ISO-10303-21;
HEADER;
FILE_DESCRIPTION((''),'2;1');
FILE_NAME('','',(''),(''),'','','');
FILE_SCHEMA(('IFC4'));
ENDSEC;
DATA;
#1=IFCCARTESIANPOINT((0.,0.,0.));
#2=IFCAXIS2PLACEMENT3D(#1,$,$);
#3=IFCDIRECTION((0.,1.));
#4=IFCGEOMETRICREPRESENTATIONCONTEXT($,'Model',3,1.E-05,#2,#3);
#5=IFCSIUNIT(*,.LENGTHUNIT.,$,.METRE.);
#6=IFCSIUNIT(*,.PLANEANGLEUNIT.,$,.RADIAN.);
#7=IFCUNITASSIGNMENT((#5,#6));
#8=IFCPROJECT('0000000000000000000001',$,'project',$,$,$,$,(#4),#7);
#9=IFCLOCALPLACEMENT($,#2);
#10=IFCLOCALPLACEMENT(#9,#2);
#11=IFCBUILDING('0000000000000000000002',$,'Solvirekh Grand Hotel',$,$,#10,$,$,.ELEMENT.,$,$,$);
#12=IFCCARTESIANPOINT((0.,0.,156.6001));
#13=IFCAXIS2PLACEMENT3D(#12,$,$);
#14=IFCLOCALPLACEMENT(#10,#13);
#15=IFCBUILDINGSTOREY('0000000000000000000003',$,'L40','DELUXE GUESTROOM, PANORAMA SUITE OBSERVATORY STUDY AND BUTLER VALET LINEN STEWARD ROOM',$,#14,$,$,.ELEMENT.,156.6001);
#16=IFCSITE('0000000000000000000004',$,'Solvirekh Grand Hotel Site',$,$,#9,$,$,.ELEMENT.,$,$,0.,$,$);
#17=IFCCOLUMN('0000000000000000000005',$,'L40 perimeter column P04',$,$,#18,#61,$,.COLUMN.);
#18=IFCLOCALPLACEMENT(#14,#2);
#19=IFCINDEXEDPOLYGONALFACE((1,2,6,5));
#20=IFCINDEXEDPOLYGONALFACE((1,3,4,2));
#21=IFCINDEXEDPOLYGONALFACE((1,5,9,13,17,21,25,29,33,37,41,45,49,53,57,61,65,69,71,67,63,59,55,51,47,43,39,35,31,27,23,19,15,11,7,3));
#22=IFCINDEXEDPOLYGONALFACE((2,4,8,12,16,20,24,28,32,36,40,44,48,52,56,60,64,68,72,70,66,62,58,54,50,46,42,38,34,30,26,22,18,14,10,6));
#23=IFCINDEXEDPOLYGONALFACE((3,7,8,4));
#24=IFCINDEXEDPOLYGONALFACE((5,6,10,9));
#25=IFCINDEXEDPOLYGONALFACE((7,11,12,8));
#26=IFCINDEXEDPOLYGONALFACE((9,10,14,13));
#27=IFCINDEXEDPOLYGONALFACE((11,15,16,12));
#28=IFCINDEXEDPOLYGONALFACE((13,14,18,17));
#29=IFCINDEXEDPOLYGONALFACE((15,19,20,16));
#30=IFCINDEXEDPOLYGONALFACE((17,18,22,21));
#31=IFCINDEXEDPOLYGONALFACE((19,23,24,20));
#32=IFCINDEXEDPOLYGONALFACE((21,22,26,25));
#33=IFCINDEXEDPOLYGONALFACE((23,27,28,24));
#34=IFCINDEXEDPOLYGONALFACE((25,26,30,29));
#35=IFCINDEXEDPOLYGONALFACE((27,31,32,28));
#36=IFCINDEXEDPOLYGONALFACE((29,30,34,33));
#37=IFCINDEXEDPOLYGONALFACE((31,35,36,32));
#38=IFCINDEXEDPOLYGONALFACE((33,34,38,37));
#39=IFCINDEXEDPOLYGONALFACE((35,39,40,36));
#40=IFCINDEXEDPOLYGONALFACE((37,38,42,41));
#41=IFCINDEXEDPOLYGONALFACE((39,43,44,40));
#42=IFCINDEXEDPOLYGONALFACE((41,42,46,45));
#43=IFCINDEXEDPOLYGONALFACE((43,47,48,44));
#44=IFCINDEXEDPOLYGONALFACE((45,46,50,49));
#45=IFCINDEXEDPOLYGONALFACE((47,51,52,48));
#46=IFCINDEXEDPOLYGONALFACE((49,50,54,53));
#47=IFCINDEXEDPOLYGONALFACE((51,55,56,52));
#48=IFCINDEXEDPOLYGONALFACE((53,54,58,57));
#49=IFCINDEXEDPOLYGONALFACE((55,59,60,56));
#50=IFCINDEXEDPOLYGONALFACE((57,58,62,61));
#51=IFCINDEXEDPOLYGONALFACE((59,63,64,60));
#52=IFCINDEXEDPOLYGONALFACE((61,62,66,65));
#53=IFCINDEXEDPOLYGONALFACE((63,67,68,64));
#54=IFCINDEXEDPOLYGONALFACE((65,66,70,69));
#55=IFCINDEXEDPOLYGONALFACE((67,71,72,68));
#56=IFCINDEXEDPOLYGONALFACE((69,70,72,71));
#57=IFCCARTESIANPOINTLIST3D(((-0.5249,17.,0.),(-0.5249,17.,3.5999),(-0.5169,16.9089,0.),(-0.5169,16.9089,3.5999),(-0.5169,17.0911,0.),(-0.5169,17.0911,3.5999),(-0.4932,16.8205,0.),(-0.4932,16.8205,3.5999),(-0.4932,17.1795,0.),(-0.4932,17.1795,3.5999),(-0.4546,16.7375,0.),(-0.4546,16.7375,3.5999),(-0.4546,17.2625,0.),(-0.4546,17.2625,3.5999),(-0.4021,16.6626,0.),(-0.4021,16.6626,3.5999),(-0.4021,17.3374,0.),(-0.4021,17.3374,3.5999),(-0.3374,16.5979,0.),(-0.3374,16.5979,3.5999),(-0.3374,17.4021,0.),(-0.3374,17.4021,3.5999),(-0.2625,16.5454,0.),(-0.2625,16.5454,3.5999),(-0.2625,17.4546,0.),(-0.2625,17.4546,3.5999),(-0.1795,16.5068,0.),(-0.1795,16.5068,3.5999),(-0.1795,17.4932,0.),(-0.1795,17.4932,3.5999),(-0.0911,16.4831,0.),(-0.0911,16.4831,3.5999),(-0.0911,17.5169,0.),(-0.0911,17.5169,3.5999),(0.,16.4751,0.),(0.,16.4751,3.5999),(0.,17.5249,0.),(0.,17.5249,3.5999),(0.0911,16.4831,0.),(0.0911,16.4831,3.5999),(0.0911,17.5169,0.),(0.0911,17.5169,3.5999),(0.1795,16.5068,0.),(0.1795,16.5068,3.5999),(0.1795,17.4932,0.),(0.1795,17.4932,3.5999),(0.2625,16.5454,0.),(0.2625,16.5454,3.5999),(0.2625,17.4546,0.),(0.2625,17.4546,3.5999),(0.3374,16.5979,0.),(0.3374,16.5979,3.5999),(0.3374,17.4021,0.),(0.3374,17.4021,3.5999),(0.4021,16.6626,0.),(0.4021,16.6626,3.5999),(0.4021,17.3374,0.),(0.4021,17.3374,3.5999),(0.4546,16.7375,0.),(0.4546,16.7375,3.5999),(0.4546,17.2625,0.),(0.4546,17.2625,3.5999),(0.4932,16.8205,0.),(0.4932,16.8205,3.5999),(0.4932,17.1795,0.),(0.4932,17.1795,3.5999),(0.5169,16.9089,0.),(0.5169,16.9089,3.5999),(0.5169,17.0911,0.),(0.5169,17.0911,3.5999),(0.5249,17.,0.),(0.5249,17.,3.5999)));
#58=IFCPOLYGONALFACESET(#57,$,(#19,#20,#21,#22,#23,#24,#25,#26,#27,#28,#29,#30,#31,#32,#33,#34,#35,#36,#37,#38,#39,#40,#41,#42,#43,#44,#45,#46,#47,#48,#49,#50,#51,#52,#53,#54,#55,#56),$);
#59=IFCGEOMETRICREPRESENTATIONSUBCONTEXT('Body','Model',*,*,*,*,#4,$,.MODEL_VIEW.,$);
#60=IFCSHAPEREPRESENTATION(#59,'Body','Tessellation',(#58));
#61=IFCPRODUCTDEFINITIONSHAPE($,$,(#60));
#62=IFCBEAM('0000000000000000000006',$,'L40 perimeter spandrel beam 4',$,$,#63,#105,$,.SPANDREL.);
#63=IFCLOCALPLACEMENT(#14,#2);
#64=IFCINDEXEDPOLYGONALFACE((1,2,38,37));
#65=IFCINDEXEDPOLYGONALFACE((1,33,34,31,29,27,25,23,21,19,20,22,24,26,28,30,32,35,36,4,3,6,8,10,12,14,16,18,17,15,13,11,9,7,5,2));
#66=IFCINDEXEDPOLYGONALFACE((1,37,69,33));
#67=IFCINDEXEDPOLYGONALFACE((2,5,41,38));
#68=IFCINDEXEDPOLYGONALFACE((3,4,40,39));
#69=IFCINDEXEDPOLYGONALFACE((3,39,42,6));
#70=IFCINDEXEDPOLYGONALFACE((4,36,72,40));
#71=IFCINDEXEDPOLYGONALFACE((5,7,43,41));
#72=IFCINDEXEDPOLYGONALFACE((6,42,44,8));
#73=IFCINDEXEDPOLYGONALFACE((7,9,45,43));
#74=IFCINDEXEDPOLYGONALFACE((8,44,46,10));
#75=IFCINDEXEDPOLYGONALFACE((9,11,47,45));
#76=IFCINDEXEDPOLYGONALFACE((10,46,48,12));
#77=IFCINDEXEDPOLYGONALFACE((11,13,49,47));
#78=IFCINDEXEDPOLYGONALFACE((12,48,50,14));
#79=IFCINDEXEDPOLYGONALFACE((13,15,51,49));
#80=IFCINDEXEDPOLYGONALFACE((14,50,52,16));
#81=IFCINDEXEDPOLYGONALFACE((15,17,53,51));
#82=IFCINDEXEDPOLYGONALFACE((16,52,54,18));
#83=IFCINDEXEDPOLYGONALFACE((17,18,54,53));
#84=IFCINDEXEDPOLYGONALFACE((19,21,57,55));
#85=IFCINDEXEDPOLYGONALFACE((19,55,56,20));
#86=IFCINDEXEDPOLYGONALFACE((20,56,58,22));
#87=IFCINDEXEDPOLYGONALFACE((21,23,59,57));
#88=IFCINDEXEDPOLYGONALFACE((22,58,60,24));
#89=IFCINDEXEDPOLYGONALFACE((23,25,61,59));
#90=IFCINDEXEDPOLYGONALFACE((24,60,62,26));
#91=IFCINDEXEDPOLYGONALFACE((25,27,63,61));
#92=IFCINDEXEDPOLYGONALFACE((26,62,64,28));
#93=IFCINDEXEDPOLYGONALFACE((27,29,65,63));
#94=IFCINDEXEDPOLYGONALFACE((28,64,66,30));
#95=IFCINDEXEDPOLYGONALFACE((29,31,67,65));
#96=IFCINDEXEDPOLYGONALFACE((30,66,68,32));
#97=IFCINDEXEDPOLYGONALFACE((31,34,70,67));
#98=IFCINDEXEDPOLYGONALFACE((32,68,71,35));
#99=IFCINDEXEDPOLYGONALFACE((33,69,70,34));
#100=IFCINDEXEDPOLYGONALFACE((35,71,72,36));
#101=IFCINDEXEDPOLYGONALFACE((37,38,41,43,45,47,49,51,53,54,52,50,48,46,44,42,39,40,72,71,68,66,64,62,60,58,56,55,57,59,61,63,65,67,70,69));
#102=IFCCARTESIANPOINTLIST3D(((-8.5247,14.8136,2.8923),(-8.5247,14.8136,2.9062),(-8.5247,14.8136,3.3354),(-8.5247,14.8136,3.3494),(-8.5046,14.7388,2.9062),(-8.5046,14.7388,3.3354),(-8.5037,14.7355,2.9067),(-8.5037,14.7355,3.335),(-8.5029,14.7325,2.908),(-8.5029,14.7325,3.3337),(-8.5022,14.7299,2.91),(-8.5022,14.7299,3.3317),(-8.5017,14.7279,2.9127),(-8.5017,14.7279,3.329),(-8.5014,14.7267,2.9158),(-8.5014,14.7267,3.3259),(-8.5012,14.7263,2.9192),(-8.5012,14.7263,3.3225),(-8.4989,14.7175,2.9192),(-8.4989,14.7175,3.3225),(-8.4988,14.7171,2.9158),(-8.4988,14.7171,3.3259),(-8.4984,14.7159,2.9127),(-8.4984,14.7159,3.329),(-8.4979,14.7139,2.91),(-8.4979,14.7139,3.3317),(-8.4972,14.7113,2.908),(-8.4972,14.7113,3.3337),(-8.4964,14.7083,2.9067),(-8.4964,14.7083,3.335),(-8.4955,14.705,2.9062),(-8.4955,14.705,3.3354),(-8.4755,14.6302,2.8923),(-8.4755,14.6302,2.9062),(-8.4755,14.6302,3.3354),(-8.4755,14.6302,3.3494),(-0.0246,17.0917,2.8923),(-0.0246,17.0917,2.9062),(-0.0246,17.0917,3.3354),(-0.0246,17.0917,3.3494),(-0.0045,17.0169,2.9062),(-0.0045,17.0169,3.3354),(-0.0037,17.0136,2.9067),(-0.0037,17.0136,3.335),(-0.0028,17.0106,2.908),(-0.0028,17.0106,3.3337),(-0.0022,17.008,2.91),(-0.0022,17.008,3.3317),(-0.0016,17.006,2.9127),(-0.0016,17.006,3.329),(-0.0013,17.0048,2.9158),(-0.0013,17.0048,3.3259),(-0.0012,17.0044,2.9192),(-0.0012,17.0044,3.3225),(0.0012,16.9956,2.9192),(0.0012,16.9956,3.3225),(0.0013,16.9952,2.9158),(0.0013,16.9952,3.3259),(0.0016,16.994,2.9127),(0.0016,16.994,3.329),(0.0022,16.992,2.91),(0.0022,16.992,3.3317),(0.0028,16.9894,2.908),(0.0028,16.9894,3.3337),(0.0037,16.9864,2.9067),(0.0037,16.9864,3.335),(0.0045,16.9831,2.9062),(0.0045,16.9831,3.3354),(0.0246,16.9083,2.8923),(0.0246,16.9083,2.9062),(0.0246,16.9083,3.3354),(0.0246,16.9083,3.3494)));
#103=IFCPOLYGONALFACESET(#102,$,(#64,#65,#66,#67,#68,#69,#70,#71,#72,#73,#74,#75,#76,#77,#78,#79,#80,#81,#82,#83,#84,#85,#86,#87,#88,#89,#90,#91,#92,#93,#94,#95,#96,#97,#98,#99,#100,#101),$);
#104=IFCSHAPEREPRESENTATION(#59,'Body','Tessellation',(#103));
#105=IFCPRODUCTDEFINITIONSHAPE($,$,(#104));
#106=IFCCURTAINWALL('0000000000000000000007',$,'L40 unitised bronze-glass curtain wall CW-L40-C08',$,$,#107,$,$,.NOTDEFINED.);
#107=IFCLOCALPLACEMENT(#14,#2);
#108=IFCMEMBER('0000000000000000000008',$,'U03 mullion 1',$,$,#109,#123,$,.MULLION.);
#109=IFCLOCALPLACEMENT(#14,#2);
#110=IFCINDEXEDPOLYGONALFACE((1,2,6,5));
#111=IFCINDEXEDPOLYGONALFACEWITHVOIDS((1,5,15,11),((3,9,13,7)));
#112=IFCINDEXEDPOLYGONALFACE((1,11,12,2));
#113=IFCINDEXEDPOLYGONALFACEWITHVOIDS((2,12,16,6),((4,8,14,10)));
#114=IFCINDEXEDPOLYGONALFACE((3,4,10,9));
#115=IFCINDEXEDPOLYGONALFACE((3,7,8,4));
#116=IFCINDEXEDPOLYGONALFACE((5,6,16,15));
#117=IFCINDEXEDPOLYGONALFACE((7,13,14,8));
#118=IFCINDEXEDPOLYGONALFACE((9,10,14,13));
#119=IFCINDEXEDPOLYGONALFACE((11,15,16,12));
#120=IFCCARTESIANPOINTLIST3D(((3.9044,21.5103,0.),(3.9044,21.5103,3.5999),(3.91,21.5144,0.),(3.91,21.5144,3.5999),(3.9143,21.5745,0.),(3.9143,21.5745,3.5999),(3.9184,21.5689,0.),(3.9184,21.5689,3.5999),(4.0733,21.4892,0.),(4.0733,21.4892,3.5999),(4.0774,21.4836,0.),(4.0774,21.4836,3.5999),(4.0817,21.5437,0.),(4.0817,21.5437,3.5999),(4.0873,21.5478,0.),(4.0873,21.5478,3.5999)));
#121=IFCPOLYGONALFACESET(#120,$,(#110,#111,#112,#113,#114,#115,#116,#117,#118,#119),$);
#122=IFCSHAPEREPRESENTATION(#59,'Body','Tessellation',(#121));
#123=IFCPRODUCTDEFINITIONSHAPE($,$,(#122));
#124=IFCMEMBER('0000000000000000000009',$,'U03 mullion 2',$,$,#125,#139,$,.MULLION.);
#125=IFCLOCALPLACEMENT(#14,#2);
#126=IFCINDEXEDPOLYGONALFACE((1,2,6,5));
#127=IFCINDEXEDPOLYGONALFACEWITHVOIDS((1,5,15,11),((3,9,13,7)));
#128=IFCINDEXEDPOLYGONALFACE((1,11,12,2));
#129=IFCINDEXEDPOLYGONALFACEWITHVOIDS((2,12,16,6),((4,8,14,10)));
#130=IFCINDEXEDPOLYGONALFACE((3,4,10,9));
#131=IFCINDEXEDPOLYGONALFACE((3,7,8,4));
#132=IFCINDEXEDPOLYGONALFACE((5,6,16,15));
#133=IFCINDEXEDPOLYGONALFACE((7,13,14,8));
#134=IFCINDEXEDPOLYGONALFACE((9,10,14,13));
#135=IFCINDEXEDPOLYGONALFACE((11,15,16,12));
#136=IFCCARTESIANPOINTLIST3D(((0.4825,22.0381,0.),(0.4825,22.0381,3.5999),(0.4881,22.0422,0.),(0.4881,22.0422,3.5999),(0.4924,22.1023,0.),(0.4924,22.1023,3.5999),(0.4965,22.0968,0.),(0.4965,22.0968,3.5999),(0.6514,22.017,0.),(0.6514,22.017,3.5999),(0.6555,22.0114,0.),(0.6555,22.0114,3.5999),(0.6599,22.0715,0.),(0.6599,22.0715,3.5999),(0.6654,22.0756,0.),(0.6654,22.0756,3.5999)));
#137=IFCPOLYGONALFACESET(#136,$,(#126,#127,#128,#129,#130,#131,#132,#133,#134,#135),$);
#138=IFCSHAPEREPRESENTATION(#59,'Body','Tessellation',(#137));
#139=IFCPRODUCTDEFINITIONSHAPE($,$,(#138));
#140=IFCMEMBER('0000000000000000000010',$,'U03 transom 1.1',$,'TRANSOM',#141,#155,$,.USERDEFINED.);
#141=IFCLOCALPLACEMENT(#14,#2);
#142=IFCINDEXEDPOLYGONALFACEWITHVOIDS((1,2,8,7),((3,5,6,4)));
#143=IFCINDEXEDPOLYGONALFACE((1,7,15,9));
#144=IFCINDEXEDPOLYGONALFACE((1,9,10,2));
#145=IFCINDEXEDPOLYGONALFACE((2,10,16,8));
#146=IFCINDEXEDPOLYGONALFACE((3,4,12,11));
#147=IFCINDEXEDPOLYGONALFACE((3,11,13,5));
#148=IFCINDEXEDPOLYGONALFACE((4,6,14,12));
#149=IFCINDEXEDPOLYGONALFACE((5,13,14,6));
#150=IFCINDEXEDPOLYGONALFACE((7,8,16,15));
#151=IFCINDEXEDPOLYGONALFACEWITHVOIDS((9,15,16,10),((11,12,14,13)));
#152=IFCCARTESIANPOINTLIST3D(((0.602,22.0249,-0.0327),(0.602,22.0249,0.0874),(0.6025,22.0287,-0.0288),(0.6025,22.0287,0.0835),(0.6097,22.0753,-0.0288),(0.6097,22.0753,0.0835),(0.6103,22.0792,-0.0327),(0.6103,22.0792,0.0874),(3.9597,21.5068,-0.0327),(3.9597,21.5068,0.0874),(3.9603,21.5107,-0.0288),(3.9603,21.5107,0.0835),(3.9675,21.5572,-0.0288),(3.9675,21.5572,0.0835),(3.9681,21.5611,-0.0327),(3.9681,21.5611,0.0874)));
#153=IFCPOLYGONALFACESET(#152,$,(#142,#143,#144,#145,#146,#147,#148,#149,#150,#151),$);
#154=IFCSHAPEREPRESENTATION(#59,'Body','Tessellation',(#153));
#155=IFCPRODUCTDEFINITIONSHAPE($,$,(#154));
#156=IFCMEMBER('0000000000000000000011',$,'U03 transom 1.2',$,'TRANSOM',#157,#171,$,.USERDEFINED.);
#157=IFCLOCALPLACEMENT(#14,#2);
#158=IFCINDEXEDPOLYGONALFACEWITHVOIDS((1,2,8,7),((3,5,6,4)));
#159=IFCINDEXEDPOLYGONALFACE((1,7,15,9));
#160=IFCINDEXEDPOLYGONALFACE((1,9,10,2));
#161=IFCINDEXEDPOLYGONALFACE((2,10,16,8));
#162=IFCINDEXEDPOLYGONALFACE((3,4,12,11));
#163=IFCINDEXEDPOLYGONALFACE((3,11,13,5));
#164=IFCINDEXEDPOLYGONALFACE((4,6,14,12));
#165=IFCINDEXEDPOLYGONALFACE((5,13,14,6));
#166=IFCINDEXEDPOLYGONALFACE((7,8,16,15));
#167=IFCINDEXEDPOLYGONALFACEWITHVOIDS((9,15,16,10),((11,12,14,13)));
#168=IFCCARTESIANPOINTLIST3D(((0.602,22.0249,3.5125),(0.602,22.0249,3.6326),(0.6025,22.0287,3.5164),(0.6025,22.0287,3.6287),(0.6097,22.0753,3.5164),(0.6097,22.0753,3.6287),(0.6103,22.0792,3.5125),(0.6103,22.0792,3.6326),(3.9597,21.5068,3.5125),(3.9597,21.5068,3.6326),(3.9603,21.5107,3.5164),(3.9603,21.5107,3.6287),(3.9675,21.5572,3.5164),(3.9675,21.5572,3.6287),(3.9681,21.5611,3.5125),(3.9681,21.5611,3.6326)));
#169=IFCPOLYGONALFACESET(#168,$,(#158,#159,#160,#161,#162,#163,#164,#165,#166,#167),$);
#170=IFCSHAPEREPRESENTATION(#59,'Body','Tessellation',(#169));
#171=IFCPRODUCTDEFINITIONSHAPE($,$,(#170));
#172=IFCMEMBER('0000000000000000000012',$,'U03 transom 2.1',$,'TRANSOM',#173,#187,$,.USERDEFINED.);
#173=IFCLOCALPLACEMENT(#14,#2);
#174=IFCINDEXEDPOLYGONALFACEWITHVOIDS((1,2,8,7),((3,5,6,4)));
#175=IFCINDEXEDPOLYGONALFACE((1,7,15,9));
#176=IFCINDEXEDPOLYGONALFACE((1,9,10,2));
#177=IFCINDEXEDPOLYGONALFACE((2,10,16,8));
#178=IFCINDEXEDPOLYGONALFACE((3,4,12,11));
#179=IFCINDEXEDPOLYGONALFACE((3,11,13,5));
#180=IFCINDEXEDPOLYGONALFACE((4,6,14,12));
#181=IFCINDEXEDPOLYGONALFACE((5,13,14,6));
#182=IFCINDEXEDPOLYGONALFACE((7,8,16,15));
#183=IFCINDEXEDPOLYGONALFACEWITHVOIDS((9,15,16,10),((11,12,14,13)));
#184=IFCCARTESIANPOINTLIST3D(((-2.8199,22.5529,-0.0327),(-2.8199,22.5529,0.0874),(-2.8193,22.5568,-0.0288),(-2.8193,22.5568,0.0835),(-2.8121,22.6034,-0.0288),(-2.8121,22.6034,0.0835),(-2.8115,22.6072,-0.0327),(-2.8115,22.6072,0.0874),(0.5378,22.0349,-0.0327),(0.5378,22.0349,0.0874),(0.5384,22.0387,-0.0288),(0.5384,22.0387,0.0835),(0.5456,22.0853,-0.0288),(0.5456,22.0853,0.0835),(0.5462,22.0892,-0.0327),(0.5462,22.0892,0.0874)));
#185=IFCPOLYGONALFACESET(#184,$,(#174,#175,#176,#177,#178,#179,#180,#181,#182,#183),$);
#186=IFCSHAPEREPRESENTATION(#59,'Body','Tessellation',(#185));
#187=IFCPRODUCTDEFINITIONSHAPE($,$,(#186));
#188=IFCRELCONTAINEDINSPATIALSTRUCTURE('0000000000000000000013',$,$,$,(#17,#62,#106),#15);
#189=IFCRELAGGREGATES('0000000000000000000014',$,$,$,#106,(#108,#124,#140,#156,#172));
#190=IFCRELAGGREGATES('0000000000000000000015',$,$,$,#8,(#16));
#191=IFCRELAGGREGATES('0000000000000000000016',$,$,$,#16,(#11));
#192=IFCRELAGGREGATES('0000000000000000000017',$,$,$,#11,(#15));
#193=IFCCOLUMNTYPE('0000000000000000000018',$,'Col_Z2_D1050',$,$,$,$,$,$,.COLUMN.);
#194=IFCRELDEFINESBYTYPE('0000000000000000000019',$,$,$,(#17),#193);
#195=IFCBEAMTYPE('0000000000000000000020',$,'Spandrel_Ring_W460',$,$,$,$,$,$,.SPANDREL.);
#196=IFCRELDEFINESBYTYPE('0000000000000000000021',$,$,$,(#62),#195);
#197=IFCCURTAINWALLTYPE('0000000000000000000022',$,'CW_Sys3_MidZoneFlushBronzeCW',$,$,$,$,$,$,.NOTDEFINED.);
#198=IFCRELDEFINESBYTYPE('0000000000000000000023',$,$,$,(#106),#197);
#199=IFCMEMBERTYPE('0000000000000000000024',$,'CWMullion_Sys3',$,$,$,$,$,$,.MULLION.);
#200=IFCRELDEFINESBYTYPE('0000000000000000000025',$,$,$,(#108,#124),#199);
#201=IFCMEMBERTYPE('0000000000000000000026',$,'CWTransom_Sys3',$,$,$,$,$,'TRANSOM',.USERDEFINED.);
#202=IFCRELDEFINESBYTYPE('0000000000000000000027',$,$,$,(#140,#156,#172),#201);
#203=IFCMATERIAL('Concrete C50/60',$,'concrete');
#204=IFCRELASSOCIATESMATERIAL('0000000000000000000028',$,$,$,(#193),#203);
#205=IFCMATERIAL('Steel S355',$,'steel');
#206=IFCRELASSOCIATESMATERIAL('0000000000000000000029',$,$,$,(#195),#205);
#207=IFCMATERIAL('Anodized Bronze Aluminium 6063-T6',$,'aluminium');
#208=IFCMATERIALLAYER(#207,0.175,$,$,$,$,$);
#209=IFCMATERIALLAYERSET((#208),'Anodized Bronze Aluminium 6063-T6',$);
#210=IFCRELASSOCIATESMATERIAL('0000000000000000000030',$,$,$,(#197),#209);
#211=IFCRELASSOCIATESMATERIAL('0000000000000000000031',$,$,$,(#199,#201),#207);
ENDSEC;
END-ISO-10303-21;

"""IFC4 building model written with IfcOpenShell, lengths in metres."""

from ifc_helpers import new_model, si_unit, direction, frame, origin, origin_2d, place, context, subcontext, project, spatial, hollow_rectangle, circle, i_section, extrude, source, transform, mapped, material, layer, layer_set, material_profile, profile_set, type_object, element, aggregate, save


model = new_model("IFC4")

# Units and contexts
model_context = context("Model", 3, precision=1e-05, world=origin(), true_north=direction((0.0, 1.0)))
body_context = subcontext(model_context, "Body", "Model", "MODEL_VIEW")
ifc_project = project(units=[si_unit("LENGTHUNIT", "METRE"), si_unit("PLANEANGLEUNIT", "RADIAN")], contexts=[model_context])

# Site, building, storey
site_placement = place(None, origin())
site = spatial("IfcSite", under=ifc_project, at=site_placement, Name="Solvirekh Grand Hotel Site", CompositionType="ELEMENT", RefElevation=0.0)
building_placement = place(site_placement, origin())
building = spatial("IfcBuilding", under=site, at=building_placement, Name="Solvirekh Grand Hotel", CompositionType="ELEMENT")
storey_placement = place(building_placement, frame((0.0, 0.0, 156.6001)))
storey = spatial("IfcBuildingStorey", under=building, at=storey_placement, Name="L40", Description="DELUXE GUESTROOM, PANORAMA SUITE OBSERVATORY STUDY AND BUTLER VALET LINEN STEWARD ROOM", CompositionType="ELEMENT", Elevation=156.6001)

# Column
ifc_material_1 = material(Name="Concrete C50/60", Category="concrete")
ifc_material_profile_1 = material_profile(ifc_material_1, circle(Radius=0.5249, at=origin_2d()), Name="RC CIRC D1050")
ifc_profile_set_1 = profile_set([ifc_material_profile_1], Name="Concrete C50/60")
column_type = type_object("IfcColumnType", Name="Col_Z2_D1050", PredefinedType="COLUMN", material=ifc_profile_set_1)
column_placement = place(storey_placement, frame((0.0, 17.0, 0.0), z_axis=(0.0, 0.0, 1.0), x_axis=(1.0, 0.0, 0.0)))
element("IfcColumn", 1, at=column_placement, inside=storey, type_object=column_type, Name="L40 perimeter column P04", PredefinedType="COLUMN", context=body_context, shape_type="SweptSolid", body=[
    extrude(circle(Radius=0.5249, at=origin_2d()), origin(), (0.0, 0.0, 1.0), 3.5999),
])

# Beam
ifc_material_2 = material(Name="Steel S355", Category="steel")
ifc_material_profile_2 = material_profile(ifc_material_2, i_section(OverallWidth=0.1899, OverallDepth=0.457, WebThickness=0.009, FlangeThickness=0.0139, FilletRadius=0.0129, at=origin_2d()), Name="W460X74")
ifc_profile_set_2 = profile_set([ifc_material_profile_2], Name="Steel S355")
beam_type = type_object("IfcBeamType", Name="Spandrel_Ring_W460", PredefinedType="SPANDREL", material=ifc_profile_set_2)
beam_placement = place(storey_placement, frame((0.0, 17.0, 3.1208), z_axis=(-0.965911, -0.258873, 0.0), x_axis=(0.258873, -0.965911, 0.0)))
element("IfcBeam", 2, at=beam_placement, inside=storey, type_object=beam_type, Name="L40 perimeter spandrel beam 4", PredefinedType="SPANDREL", context=body_context, shape_type="SweptSolid", body=[
    extrude(i_section(OverallWidth=0.1899, OverallDepth=0.457, WebThickness=0.009, FlangeThickness=0.0139, FilletRadius=0.0129, at=origin_2d()), origin(), (0.0, 0.0, 1.0), 8.8),
])

# Curtain wall, members
ifc_material_3 = material(Name="Anodized Bronze Aluminium 6063-T6", Category="aluminium")
ifc_layer_1 = layer(ifc_material_3, 0.175)
ifc_layer_set_1 = layer_set([ifc_layer_1], Name="Anodized Bronze Aluminium 6063-T6")
curtain_wall_type = type_object("IfcCurtainWallType", Name="CW_Sys3_MidZoneFlushBronzeCW", PredefinedType="NOTDEFINED", material=ifc_layer_set_1)
curtain_wall_placement = place(storey_placement, origin())
curtain_wall = element("IfcCurtainWall", 3, at=curtain_wall_placement, inside=storey, type_object=curtain_wall_type, Name="L40 unitised bronze-glass curtain wall CW-L40-C08", PredefinedType="NOTDEFINED")
ifc_material_profile_3 = material_profile(ifc_material_3, hollow_rectangle(XDim=0.0649, YDim=0.175, WallThickness=0.0049, at=origin_2d()), Name="ALU RHS 175X65X5")
ifc_profile_set_3 = profile_set([ifc_material_profile_3], Name="Anodized Bronze Aluminium 6063-T6")
member_type_1 = type_object("IfcMemberType", Name="CWMullion_Sys3", PredefinedType="MULLION", material=ifc_profile_set_3)
shared_shape_1 = source(origin(), body_context, "Body", "SweptSolid", [
    extrude(hollow_rectangle(XDim=0.0649, YDim=0.175, WallThickness=0.0049, at=origin_2d()), origin(), (0.0, 0.0, 1.0), 3.5999),
])
member_1_placement = place(storey_placement, frame((3.9958, 21.5291, 0.0), z_axis=(0.0, 0.0, 1.0), x_axis=(-0.152509, -0.988302, 0.0)))
member_1 = element("IfcMember", 4, at=member_1_placement, type_object=member_type_1, Name="U03 mullion 1", PredefinedType="MULLION", context=body_context, shape_type="MappedRepresentation", body=[
    mapped(shared_shape_1, transform((0.0, 0.0, 0.0), x_axis=(1.0, 0.0, 0.0), y_axis=(0.0, 1.0, 0.0), z_axis=(0.0, 0.0, 1.0), scale=1.0)),
])
member_2_placement = place(storey_placement, frame((0.574, 22.0569, 0.0), z_axis=(0.0, 0.0, 1.0), x_axis=(-0.152509, -0.988302, 0.0)))
member_2 = element("IfcMember", 5, at=member_2_placement, type_object=member_type_1, Name="U03 mullion 2", PredefinedType="MULLION", context=body_context, shape_type="MappedRepresentation", body=[
    mapped(shared_shape_1, transform((0.0, 0.0, 0.0), x_axis=(1.0, 0.0, 0.0), y_axis=(0.0, 1.0, 0.0), z_axis=(0.0, 0.0, 1.0), scale=1.0)),
])
ifc_material_profile_4 = material_profile(ifc_material_3, hollow_rectangle(XDim=0.0549, YDim=0.1201, WallThickness=0.0039, at=origin_2d()), Name="ALU RHS 120X55X4")
ifc_profile_set_4 = profile_set([ifc_material_profile_4], Name="Anodized Bronze Aluminium 6063-T6")
member_type_2 = type_object("IfcMemberType", Name="CWTransom_Sys3", ElementType="TRANSOM", PredefinedType="USERDEFINED", material=ifc_profile_set_4)
shared_shape_2 = source(origin(), body_context, "Body", "SweptSolid", [
    extrude(hollow_rectangle(XDim=0.0549, YDim=0.1201, WallThickness=0.0039, at=origin_2d()), origin(), (0.0, 0.0, 1.0), 3.3975),
])
member_3_placement = place(storey_placement, frame((3.9639, 21.5339, 0.0273), z_axis=(-0.988305, 0.152489, 0.0), x_axis=(-0.152489, -0.988305, 0.0)))
member_3 = element("IfcMember", 6, at=member_3_placement, type_object=member_type_2, Name="U03 transom 1.1", ObjectType="TRANSOM", PredefinedType="USERDEFINED", context=body_context, shape_type="MappedRepresentation", body=[
    mapped(shared_shape_2, transform((0.0, 0.0, 0.0), x_axis=(1.0, 0.0, 0.0), y_axis=(0.0, 1.0, 0.0), z_axis=(0.0, 0.0, 1.0), scale=1.0)),
])
member_4_placement = place(storey_placement, frame((3.9639, 21.5339, 3.5725), z_axis=(-0.988305, 0.152489, 0.0), x_axis=(-0.152489, -0.988305, 0.0)))
member_4 = element("IfcMember", 7, at=member_4_placement, type_object=member_type_2, Name="U03 transom 1.2", ObjectType="TRANSOM", PredefinedType="USERDEFINED", context=body_context, shape_type="MappedRepresentation", body=[
    mapped(shared_shape_2, transform((0.0, 0.0, 0.0), x_axis=(1.0, 0.0, 0.0), y_axis=(0.0, 1.0, 0.0), z_axis=(0.0, 0.0, 1.0), scale=1.0)),
])
member_5_placement = place(storey_placement, frame((0.542, 22.062, 0.0273), z_axis=(-0.988305, 0.152489, 0.0), x_axis=(-0.152489, -0.988305, 0.0)))
member_5 = element("IfcMember", 8, at=member_5_placement, type_object=member_type_2, Name="U03 transom 2.1", ObjectType="TRANSOM", PredefinedType="USERDEFINED", context=body_context, shape_type="MappedRepresentation", body=[
    mapped(shared_shape_2, transform((0.0, 0.0, 0.0), x_axis=(1.0, 0.0, 0.0), y_axis=(0.0, 1.0, 0.0), z_axis=(0.0, 0.0, 1.0), scale=1.0)),
])
aggregate(curtain_wall, [member_1, member_2, member_3, member_4, member_5])

save(model, "model.ifc")
